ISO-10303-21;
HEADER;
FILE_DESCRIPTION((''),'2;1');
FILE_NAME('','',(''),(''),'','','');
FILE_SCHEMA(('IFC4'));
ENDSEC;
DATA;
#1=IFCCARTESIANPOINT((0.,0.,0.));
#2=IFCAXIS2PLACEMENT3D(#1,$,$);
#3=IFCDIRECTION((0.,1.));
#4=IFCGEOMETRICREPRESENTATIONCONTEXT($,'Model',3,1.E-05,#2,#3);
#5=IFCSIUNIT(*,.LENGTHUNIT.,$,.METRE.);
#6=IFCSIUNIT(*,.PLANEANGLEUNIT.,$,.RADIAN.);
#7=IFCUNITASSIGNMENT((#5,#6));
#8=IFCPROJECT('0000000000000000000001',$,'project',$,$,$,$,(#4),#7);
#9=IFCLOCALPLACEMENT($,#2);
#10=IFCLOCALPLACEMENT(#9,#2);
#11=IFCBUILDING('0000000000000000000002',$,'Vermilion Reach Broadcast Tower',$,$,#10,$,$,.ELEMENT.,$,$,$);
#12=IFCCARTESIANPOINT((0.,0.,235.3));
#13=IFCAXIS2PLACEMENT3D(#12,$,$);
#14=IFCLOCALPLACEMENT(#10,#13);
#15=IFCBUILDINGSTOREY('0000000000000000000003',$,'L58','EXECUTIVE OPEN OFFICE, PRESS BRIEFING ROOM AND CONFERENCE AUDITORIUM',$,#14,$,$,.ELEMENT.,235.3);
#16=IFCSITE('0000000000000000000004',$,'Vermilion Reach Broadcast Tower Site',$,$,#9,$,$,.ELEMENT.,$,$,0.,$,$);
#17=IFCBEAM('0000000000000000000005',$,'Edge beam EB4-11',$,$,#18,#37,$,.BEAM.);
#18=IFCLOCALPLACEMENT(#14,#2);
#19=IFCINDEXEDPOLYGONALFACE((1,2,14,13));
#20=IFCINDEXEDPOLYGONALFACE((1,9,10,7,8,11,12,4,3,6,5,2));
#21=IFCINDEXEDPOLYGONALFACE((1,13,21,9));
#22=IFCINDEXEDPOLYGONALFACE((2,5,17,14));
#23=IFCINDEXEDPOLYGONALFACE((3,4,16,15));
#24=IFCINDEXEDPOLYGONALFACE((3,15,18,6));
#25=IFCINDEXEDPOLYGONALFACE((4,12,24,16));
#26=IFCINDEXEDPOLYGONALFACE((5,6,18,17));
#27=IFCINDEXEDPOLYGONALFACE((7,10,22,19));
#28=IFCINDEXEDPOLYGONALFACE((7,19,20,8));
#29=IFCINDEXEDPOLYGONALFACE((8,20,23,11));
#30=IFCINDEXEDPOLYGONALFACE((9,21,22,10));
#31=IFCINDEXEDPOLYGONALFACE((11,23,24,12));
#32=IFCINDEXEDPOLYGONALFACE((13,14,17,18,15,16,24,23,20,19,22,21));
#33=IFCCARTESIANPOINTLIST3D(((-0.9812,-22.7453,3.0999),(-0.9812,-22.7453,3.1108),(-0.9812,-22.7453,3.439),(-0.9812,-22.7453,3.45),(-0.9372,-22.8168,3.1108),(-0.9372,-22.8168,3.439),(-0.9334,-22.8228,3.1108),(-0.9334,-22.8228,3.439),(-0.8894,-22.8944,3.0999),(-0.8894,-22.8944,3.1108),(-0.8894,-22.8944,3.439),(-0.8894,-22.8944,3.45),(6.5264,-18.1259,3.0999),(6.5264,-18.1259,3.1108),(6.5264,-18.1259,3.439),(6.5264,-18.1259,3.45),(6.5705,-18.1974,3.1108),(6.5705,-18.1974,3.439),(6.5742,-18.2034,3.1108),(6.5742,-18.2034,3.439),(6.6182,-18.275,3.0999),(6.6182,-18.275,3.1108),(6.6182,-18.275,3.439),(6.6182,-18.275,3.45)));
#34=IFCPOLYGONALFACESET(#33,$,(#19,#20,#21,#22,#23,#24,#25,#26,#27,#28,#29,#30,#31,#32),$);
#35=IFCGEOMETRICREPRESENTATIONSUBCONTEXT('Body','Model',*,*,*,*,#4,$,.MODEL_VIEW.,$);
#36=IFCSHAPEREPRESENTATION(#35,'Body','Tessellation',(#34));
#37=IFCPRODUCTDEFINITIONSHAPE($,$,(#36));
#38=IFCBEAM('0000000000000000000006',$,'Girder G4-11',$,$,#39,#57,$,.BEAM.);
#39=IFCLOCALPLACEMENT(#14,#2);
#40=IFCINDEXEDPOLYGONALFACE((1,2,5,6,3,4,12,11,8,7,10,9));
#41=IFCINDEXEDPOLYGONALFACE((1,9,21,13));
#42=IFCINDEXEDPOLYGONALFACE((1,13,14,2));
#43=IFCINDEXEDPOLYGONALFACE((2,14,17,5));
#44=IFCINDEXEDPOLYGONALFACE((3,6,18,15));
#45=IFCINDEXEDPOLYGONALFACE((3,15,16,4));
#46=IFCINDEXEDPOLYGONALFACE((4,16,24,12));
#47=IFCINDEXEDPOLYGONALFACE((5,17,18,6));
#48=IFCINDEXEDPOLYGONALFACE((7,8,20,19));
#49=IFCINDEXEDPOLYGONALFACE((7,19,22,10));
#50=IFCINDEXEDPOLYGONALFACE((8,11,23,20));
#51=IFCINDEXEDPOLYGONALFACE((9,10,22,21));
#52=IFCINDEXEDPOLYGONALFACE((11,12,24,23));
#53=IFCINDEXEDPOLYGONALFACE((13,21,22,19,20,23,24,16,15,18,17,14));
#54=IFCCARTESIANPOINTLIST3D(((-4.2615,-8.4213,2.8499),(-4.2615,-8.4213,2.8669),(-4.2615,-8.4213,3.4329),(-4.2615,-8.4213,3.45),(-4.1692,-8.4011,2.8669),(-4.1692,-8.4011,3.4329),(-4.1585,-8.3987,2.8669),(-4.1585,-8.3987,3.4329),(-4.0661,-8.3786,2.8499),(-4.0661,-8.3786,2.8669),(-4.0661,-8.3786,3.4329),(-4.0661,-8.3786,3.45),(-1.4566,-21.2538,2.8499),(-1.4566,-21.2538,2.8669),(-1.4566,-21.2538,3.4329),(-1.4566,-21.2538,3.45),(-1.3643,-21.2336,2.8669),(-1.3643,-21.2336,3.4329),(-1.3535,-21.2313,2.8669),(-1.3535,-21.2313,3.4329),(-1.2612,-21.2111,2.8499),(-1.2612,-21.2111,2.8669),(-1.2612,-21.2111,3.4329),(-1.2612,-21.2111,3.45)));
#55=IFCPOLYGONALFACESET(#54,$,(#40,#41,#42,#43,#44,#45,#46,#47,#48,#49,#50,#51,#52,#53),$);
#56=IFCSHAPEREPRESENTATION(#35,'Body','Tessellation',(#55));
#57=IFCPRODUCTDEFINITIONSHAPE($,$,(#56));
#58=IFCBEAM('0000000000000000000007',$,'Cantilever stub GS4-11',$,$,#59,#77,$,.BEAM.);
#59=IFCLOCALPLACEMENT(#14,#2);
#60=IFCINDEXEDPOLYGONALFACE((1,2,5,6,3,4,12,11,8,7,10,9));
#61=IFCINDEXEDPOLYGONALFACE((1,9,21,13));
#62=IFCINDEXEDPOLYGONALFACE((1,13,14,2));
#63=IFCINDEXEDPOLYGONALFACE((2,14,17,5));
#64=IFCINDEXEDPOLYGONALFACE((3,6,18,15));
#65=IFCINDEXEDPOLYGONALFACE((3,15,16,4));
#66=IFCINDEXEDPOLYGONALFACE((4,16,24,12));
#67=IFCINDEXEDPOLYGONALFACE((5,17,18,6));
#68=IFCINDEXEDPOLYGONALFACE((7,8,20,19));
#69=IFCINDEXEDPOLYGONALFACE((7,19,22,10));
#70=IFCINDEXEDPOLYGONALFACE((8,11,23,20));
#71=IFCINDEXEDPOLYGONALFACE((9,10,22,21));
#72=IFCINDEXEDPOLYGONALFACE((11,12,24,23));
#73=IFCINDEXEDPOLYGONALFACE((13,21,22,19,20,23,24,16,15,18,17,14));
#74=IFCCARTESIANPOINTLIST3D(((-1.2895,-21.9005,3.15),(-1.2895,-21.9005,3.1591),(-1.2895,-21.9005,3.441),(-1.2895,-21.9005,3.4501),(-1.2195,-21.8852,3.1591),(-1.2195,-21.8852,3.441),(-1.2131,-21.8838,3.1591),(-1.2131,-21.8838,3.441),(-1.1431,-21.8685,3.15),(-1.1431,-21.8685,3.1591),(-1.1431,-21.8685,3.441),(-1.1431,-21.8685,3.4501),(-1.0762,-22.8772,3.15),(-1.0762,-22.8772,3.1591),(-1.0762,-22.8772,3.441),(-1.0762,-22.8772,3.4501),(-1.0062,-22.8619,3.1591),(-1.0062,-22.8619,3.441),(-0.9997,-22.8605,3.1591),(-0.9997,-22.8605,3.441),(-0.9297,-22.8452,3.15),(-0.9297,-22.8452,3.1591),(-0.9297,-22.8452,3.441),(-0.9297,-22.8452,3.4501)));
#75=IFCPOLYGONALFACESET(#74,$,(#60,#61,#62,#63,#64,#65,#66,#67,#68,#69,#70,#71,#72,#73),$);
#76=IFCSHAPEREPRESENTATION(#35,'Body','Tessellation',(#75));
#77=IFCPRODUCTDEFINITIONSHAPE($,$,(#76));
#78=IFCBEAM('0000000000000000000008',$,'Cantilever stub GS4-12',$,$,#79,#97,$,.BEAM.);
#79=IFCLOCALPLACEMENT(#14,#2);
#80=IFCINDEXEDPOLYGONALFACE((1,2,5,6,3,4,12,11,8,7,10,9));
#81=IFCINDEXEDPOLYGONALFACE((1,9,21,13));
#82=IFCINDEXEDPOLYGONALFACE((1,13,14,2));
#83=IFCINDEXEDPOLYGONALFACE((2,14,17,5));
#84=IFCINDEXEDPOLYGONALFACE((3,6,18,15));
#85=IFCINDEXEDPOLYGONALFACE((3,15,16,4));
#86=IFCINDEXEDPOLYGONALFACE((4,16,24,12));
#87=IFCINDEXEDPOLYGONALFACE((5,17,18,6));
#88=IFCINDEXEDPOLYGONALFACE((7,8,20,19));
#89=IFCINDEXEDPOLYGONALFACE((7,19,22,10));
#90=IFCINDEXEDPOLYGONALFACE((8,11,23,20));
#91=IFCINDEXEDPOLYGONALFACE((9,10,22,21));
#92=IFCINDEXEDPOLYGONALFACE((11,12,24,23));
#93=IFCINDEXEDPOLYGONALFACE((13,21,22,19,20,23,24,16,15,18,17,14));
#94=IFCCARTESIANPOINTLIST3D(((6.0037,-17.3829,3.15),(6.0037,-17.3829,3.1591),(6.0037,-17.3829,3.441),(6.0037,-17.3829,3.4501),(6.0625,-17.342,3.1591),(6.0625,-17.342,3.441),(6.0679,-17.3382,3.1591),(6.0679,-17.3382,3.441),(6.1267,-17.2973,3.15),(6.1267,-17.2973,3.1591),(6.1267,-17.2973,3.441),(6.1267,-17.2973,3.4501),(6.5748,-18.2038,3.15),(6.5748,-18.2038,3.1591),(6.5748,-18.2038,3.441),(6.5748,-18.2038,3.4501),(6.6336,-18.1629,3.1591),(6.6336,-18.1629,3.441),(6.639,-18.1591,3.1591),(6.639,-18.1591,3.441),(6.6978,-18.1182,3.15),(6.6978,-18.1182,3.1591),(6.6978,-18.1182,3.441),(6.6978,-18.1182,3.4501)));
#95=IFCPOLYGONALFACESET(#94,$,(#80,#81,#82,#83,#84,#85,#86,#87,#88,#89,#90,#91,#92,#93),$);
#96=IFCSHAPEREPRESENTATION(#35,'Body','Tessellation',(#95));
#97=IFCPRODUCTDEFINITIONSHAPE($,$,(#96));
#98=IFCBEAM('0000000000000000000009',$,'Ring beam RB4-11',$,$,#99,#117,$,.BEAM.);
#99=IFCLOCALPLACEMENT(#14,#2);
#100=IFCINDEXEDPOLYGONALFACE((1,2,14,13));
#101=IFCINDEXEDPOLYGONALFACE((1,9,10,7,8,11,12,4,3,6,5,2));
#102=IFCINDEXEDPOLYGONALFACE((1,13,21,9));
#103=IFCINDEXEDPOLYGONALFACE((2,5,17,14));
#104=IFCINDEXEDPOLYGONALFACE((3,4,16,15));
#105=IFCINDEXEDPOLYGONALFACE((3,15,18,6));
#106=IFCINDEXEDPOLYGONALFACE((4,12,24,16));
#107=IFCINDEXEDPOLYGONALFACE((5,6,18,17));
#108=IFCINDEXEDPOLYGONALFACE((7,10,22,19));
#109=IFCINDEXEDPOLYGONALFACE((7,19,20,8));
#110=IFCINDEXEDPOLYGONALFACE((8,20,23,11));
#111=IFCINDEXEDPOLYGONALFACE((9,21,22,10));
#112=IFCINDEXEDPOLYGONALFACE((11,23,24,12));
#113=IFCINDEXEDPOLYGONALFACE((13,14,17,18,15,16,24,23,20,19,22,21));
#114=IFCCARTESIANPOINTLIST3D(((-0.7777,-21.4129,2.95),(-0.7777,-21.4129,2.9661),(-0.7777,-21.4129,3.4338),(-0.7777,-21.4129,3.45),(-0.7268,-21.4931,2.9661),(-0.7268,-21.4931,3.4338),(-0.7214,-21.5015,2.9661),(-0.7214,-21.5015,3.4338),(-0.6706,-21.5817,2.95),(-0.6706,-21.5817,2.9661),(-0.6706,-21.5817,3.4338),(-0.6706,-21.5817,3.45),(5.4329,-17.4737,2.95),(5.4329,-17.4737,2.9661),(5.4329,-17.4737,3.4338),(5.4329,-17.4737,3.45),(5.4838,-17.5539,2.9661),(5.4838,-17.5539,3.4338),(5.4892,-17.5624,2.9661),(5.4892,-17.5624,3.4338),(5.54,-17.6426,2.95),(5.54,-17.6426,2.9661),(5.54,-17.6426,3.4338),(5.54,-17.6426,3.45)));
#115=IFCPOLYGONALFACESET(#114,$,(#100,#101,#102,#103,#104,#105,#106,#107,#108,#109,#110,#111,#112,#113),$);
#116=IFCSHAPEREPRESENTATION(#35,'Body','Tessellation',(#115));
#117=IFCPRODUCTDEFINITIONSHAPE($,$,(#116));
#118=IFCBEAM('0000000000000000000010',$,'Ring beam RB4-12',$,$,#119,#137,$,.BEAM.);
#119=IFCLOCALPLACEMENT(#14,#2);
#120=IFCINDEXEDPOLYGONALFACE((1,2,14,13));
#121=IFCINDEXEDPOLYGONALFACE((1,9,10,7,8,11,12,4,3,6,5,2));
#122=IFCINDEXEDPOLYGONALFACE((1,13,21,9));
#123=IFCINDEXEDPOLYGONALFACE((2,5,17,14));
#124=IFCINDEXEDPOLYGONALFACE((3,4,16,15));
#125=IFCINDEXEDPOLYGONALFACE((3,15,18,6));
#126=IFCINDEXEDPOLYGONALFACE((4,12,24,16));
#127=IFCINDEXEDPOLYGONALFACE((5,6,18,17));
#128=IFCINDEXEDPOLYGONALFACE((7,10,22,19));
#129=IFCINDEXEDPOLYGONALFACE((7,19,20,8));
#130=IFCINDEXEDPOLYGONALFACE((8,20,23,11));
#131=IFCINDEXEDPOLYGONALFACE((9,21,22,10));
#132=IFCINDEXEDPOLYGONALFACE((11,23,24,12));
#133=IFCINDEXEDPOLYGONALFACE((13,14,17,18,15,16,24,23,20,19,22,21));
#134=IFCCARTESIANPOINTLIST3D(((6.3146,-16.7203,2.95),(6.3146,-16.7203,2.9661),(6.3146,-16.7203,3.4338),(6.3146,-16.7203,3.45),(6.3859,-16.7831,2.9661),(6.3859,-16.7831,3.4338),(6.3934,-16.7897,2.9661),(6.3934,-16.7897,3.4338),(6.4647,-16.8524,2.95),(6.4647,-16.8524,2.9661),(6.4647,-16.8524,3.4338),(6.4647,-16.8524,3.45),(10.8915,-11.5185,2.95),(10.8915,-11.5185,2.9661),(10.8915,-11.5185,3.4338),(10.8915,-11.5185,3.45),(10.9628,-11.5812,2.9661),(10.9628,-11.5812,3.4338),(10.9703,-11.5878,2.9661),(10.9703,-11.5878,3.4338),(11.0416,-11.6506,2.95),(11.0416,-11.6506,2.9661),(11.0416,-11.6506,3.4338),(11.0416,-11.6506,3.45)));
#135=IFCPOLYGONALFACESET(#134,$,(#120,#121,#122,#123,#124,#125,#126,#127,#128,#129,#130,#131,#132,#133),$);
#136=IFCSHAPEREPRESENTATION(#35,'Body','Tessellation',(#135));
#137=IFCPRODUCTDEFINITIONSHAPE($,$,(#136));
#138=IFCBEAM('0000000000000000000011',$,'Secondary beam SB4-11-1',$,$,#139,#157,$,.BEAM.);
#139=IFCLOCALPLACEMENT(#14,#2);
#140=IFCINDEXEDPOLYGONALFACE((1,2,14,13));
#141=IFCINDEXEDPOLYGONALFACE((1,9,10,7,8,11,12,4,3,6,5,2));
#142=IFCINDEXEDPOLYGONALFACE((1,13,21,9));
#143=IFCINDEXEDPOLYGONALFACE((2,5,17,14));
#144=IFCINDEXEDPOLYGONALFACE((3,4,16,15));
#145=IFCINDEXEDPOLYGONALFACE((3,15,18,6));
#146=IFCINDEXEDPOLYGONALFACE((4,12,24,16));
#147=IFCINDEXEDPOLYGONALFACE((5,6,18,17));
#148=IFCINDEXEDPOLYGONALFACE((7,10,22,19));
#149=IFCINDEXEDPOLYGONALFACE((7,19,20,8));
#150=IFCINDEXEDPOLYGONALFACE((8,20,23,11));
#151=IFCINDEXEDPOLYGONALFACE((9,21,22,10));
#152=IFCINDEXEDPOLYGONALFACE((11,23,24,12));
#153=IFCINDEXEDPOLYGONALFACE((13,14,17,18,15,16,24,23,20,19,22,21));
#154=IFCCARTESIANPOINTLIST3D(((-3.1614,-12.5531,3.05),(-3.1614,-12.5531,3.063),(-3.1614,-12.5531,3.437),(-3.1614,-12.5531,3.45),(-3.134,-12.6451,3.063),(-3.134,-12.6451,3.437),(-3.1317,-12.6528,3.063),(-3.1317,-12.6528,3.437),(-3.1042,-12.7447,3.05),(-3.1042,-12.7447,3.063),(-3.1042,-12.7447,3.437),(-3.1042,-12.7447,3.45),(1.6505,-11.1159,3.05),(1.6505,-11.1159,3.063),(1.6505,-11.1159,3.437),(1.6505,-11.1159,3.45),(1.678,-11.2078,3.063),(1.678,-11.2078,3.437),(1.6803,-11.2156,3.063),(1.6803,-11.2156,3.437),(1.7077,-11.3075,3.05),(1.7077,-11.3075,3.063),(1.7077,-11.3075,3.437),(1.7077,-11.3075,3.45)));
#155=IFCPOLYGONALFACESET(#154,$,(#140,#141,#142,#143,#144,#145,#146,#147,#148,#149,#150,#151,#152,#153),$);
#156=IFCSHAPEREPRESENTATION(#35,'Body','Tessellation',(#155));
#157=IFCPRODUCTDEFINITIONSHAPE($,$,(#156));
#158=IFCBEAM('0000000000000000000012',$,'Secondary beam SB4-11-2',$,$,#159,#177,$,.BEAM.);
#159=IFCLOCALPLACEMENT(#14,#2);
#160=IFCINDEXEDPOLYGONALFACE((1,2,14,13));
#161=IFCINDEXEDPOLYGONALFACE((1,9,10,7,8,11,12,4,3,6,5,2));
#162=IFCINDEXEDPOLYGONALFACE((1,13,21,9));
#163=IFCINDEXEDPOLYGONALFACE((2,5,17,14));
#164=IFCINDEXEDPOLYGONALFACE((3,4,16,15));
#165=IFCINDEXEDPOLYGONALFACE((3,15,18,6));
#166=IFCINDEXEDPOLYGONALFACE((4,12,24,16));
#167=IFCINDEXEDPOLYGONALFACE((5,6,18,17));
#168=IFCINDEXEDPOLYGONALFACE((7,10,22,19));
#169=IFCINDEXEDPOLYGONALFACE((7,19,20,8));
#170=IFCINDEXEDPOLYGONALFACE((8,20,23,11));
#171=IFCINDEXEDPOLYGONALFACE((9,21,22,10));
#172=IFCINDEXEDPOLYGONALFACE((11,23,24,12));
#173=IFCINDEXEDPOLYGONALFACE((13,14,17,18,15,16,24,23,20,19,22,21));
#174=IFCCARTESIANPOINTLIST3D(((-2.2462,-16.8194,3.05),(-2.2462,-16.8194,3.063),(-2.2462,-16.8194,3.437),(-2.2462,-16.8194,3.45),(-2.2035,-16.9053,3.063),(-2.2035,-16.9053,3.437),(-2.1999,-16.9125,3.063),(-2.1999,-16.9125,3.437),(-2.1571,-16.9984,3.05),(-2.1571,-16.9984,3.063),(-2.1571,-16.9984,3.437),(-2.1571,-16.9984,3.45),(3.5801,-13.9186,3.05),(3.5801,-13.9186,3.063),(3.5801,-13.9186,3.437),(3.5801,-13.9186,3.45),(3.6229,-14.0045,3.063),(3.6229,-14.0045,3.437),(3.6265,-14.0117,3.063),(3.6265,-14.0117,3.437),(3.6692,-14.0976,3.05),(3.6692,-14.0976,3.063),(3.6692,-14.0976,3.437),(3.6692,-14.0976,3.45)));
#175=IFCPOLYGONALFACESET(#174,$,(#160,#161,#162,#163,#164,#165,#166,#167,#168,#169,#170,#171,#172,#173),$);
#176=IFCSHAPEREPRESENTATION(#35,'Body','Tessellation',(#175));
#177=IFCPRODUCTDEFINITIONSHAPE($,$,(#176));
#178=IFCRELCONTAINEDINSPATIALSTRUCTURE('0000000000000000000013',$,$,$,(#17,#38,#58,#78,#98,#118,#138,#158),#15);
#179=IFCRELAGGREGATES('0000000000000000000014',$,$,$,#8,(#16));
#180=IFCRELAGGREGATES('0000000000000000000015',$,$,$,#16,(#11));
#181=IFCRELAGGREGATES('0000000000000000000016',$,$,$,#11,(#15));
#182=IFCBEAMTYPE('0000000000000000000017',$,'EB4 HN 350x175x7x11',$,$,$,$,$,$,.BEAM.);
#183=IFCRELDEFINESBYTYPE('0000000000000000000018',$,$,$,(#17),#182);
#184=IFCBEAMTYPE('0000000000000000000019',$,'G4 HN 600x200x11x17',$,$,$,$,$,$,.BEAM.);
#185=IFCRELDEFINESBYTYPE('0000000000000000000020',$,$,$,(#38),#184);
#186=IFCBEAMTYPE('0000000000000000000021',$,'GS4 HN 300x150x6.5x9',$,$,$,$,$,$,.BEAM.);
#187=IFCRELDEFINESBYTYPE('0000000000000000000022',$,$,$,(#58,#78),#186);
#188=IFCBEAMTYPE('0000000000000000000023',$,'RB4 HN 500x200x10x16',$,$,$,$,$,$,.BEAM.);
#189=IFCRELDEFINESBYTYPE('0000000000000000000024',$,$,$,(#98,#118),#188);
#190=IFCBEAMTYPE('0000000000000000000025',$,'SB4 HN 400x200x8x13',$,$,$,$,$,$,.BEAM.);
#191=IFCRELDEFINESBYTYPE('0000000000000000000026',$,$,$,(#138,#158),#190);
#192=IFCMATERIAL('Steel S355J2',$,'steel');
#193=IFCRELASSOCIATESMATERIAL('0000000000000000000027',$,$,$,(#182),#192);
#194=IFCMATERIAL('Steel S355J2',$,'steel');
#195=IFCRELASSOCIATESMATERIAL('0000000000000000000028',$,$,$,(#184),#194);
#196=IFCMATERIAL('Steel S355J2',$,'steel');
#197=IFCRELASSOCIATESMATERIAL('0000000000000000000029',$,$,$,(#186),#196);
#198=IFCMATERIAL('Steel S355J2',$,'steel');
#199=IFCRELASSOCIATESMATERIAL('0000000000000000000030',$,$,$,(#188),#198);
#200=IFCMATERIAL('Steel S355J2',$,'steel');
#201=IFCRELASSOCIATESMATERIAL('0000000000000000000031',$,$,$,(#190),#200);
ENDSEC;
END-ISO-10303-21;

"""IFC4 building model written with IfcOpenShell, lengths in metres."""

from ifc_helpers import new_model, si_unit, direction, frame, origin, origin_2d, place, context, subcontext, project, spatial, i_section, extrude, material, material_profile, profile_set, type_object, element, save


model = new_model("IFC4")

# Units and contexts
model_context = context("Model", 3, precision=1e-05, world=origin(), true_north=direction((0.0, 1.0)))
body_context = subcontext(model_context, "Body", "Model", "MODEL_VIEW")
ifc_project = project(units=[si_unit("LENGTHUNIT", "METRE"), si_unit("PLANEANGLEUNIT", "RADIAN")], contexts=[model_context])

# Site, building, storey
site_placement = place(None, origin())
site = spatial("IfcSite", under=ifc_project, at=site_placement, Name="Vermilion Reach Broadcast Tower Site", CompositionType="ELEMENT", RefElevation=0.0)
building_placement = place(site_placement, origin())
building = spatial("IfcBuilding", under=site, at=building_placement, Name="Vermilion Reach Broadcast Tower", CompositionType="ELEMENT")
storey_placement = place(building_placement, frame((0.0, 0.0, 235.3)))
storey = spatial("IfcBuildingStorey", under=building, at=storey_placement, Name="L58", Description="EXECUTIVE OPEN OFFICE, PRESS BRIEFING ROOM AND CONFERENCE AUDITORIUM", CompositionType="ELEMENT", Elevation=235.3)

# Beams
ifc_material_1 = material(Name="Steel S355J2", Category="steel")
ifc_material_profile_1 = material_profile(ifc_material_1, i_section(OverallWidth=0.175, OverallDepth=0.3501, WebThickness=0.0071, FlangeThickness=0.011, at=origin_2d()), Name="S355J2 HN 350x175x7x11")
ifc_profile_set_1 = profile_set([ifc_material_profile_1], Name="Steel S355J2")
beam_type_1 = type_object("IfcBeamType", Name="EB4 HN 350x175x7x11", PredefinedType="BEAM", material=ifc_profile_set_1)
beam_1_placement = place(storey_placement, frame((-0.9353, -22.8198, 3.2749), z_axis=(0.851692, 0.524043, 0.0), x_axis=(-0.524043, 0.851692, 0.0)))
element("IfcBeam", 1, at=beam_1_placement, inside=storey, type_object=beam_type_1, Name="Edge beam EB4-11", PredefinedType="BEAM", context=body_context, shape_type="SweptSolid", body=[
    extrude(i_section(OverallWidth=0.175, OverallDepth=0.3501, WebThickness=0.0071, FlangeThickness=0.011, at=origin_2d()), origin(), (0.0, 0.0, 1.0), 8.8149),
])
ifc_material_2 = material(Name="Steel S355J2", Category="steel")
ifc_material_profile_2 = material_profile(ifc_material_2, i_section(OverallWidth=0.2, OverallDepth=0.6001, WebThickness=0.011, FlangeThickness=0.0171, at=origin_2d()), Name="S355J2 HN 600x200x11x17")
ifc_profile_set_2 = profile_set([ifc_material_profile_2], Name="Steel S355J2")
beam_type_2 = type_object("IfcBeamType", Name="G4 HN 600x200x11x17", PredefinedType="BEAM", material=ifc_profile_set_2)
beam_2_placement = place(storey_placement, frame((-4.1638, -8.3999, 3.1499), z_axis=(0.213538, -0.976935, 0.0), x_axis=(0.976935, 0.213538, 0.0)))
element("IfcBeam", 2, at=beam_2_placement, inside=storey, type_object=beam_type_2, Name="Girder G4-11", PredefinedType="BEAM", context=body_context, shape_type="SweptSolid", body=[
    extrude(i_section(OverallWidth=0.2, OverallDepth=0.6001, WebThickness=0.011, FlangeThickness=0.0171, at=origin_2d()), origin(), (0.0, 0.0, 1.0), 13.1355),
])
ifc_material_3 = material(Name="Steel S355J2", Category="steel")
ifc_material_profile_3 = material_profile(ifc_material_3, i_section(OverallWidth=0.1499, OverallDepth=0.3, WebThickness=0.0066, FlangeThickness=0.009, at=origin_2d()), Name="S355J2 HN 300x150x6.5x9")
ifc_profile_set_3 = profile_set([ifc_material_profile_3], Name="Steel S355J2")
beam_type_3 = type_object("IfcBeamType", Name="GS4 HN 300x150x6.5x9", PredefinedType="BEAM", material=ifc_profile_set_3)
beam_3_placement = place(storey_placement, frame((-1.2163, -21.8845, 3.3), z_axis=(0.213413, -0.976962, 0.0), x_axis=(0.976962, 0.213413, 0.0)))
element("IfcBeam", 3, at=beam_3_placement, inside=storey, type_object=beam_type_3, Name="Cantilever stub GS4-11", PredefinedType="BEAM", context=body_context, shape_type="SweptSolid", body=[
    extrude(i_section(OverallWidth=0.1499, OverallDepth=0.3, WebThickness=0.0066, FlangeThickness=0.009, at=origin_2d()), origin(), (0.0, 0.0, 1.0), 0.9998),
])
beam_4_placement = place(storey_placement, frame((6.0652, -17.3401, 3.3), z_axis=(0.5711, -0.82088, 0.0), x_axis=(0.82088, 0.5711, 0.0)))
element("IfcBeam", 4, at=beam_4_placement, inside=storey, type_object=beam_type_3, Name="Cantilever stub GS4-12", PredefinedType="BEAM", context=body_context, shape_type="SweptSolid", body=[
    extrude(i_section(OverallWidth=0.1499, OverallDepth=0.3, WebThickness=0.0066, FlangeThickness=0.009, at=origin_2d()), origin(), (0.0, 0.0, 1.0), 1.0),
])
ifc_material_4 = material(Name="Steel S355J2", Category="steel")
ifc_material_profile_4 = material_profile(ifc_material_4, i_section(OverallWidth=0.2, OverallDepth=0.5, WebThickness=0.01, FlangeThickness=0.0161, at=origin_2d()), Name="S355J2 HN 500x200x10x16")
ifc_profile_set_4 = profile_set([ifc_material_profile_4], Name="Steel S355J2")
beam_type_4 = type_object("IfcBeamType", Name="RB4 HN 500x200x10x16", PredefinedType="BEAM", material=ifc_profile_set_4)
beam_5_placement = place(storey_placement, frame((-0.7241, -21.4973, 3.2), z_axis=(0.844464, 0.535612, 0.0), x_axis=(-0.535612, 0.844464, 0.0)))
element("IfcBeam", 5, at=beam_5_placement, inside=storey, type_object=beam_type_4, Name="Ring beam RB4-11", PredefinedType="BEAM", context=body_context, shape_type="SweptSolid", body=[
    extrude(i_section(OverallWidth=0.2, OverallDepth=0.5, WebThickness=0.01, FlangeThickness=0.0161, at=origin_2d()), origin(), (0.0, 0.0, 1.0), 7.3545),
])
beam_6_placement = place(storey_placement, frame((6.3896, -16.7864, 3.2), z_axis=(0.660565, 0.750769, 0.0), x_axis=(-0.750769, 0.660565, 0.0)))
element("IfcBeam", 6, at=beam_6_placement, inside=storey, type_object=beam_type_4, Name="Ring beam RB4-12", PredefinedType="BEAM", context=body_context, shape_type="SweptSolid", body=[
    extrude(i_section(OverallWidth=0.2, OverallDepth=0.5, WebThickness=0.01, FlangeThickness=0.0161, at=origin_2d()), origin(), (0.0, 0.0, 1.0), 6.9287),
])
ifc_material_5 = material(Name="Steel S355J2", Category="steel")
ifc_material_profile_5 = material_profile(ifc_material_5, i_section(OverallWidth=0.2, OverallDepth=0.3999, WebThickness=0.0081, FlangeThickness=0.0129, at=origin_2d()), Name="S355J2 HN 400x200x8x13")
ifc_profile_set_5 = profile_set([ifc_material_profile_5], Name="Steel S355J2")
beam_type_5 = type_object("IfcBeamType", Name="SB4 HN 400x200x8x13", PredefinedType="BEAM", material=ifc_profile_set_5)
beam_7_placement = place(storey_placement, frame((-3.1328, -12.6489, 3.25), z_axis=(0.958173, 0.286188, 0.0), x_axis=(-0.286188, 0.958173, 0.0)))
element("IfcBeam", 7, at=beam_7_placement, inside=storey, type_object=beam_type_5, Name="Secondary beam SB4-11-1", PredefinedType="BEAM", context=body_context, shape_type="SweptSolid", body=[
    extrude(i_section(OverallWidth=0.2, OverallDepth=0.3999, WebThickness=0.0081, FlangeThickness=0.0129, at=origin_2d()), origin(), (0.0, 0.0, 1.0), 5.022),
])
beam_8_placement = place(storey_placement, frame((-2.2017, -16.9089, 3.25), z_axis=(0.895184, 0.445698, 0.0), x_axis=(-0.445698, 0.895184, 0.0)))
element("IfcBeam", 8, at=beam_8_placement, inside=storey, type_object=beam_type_5, Name="Secondary beam SB4-11-2", PredefinedType="BEAM", context=body_context, shape_type="SweptSolid", body=[
    extrude(i_section(OverallWidth=0.2, OverallDepth=0.3999, WebThickness=0.0081, FlangeThickness=0.0129, at=origin_2d()), origin(), (0.0, 0.0, 1.0), 6.5085),
])

save(model, "model.ifc")
